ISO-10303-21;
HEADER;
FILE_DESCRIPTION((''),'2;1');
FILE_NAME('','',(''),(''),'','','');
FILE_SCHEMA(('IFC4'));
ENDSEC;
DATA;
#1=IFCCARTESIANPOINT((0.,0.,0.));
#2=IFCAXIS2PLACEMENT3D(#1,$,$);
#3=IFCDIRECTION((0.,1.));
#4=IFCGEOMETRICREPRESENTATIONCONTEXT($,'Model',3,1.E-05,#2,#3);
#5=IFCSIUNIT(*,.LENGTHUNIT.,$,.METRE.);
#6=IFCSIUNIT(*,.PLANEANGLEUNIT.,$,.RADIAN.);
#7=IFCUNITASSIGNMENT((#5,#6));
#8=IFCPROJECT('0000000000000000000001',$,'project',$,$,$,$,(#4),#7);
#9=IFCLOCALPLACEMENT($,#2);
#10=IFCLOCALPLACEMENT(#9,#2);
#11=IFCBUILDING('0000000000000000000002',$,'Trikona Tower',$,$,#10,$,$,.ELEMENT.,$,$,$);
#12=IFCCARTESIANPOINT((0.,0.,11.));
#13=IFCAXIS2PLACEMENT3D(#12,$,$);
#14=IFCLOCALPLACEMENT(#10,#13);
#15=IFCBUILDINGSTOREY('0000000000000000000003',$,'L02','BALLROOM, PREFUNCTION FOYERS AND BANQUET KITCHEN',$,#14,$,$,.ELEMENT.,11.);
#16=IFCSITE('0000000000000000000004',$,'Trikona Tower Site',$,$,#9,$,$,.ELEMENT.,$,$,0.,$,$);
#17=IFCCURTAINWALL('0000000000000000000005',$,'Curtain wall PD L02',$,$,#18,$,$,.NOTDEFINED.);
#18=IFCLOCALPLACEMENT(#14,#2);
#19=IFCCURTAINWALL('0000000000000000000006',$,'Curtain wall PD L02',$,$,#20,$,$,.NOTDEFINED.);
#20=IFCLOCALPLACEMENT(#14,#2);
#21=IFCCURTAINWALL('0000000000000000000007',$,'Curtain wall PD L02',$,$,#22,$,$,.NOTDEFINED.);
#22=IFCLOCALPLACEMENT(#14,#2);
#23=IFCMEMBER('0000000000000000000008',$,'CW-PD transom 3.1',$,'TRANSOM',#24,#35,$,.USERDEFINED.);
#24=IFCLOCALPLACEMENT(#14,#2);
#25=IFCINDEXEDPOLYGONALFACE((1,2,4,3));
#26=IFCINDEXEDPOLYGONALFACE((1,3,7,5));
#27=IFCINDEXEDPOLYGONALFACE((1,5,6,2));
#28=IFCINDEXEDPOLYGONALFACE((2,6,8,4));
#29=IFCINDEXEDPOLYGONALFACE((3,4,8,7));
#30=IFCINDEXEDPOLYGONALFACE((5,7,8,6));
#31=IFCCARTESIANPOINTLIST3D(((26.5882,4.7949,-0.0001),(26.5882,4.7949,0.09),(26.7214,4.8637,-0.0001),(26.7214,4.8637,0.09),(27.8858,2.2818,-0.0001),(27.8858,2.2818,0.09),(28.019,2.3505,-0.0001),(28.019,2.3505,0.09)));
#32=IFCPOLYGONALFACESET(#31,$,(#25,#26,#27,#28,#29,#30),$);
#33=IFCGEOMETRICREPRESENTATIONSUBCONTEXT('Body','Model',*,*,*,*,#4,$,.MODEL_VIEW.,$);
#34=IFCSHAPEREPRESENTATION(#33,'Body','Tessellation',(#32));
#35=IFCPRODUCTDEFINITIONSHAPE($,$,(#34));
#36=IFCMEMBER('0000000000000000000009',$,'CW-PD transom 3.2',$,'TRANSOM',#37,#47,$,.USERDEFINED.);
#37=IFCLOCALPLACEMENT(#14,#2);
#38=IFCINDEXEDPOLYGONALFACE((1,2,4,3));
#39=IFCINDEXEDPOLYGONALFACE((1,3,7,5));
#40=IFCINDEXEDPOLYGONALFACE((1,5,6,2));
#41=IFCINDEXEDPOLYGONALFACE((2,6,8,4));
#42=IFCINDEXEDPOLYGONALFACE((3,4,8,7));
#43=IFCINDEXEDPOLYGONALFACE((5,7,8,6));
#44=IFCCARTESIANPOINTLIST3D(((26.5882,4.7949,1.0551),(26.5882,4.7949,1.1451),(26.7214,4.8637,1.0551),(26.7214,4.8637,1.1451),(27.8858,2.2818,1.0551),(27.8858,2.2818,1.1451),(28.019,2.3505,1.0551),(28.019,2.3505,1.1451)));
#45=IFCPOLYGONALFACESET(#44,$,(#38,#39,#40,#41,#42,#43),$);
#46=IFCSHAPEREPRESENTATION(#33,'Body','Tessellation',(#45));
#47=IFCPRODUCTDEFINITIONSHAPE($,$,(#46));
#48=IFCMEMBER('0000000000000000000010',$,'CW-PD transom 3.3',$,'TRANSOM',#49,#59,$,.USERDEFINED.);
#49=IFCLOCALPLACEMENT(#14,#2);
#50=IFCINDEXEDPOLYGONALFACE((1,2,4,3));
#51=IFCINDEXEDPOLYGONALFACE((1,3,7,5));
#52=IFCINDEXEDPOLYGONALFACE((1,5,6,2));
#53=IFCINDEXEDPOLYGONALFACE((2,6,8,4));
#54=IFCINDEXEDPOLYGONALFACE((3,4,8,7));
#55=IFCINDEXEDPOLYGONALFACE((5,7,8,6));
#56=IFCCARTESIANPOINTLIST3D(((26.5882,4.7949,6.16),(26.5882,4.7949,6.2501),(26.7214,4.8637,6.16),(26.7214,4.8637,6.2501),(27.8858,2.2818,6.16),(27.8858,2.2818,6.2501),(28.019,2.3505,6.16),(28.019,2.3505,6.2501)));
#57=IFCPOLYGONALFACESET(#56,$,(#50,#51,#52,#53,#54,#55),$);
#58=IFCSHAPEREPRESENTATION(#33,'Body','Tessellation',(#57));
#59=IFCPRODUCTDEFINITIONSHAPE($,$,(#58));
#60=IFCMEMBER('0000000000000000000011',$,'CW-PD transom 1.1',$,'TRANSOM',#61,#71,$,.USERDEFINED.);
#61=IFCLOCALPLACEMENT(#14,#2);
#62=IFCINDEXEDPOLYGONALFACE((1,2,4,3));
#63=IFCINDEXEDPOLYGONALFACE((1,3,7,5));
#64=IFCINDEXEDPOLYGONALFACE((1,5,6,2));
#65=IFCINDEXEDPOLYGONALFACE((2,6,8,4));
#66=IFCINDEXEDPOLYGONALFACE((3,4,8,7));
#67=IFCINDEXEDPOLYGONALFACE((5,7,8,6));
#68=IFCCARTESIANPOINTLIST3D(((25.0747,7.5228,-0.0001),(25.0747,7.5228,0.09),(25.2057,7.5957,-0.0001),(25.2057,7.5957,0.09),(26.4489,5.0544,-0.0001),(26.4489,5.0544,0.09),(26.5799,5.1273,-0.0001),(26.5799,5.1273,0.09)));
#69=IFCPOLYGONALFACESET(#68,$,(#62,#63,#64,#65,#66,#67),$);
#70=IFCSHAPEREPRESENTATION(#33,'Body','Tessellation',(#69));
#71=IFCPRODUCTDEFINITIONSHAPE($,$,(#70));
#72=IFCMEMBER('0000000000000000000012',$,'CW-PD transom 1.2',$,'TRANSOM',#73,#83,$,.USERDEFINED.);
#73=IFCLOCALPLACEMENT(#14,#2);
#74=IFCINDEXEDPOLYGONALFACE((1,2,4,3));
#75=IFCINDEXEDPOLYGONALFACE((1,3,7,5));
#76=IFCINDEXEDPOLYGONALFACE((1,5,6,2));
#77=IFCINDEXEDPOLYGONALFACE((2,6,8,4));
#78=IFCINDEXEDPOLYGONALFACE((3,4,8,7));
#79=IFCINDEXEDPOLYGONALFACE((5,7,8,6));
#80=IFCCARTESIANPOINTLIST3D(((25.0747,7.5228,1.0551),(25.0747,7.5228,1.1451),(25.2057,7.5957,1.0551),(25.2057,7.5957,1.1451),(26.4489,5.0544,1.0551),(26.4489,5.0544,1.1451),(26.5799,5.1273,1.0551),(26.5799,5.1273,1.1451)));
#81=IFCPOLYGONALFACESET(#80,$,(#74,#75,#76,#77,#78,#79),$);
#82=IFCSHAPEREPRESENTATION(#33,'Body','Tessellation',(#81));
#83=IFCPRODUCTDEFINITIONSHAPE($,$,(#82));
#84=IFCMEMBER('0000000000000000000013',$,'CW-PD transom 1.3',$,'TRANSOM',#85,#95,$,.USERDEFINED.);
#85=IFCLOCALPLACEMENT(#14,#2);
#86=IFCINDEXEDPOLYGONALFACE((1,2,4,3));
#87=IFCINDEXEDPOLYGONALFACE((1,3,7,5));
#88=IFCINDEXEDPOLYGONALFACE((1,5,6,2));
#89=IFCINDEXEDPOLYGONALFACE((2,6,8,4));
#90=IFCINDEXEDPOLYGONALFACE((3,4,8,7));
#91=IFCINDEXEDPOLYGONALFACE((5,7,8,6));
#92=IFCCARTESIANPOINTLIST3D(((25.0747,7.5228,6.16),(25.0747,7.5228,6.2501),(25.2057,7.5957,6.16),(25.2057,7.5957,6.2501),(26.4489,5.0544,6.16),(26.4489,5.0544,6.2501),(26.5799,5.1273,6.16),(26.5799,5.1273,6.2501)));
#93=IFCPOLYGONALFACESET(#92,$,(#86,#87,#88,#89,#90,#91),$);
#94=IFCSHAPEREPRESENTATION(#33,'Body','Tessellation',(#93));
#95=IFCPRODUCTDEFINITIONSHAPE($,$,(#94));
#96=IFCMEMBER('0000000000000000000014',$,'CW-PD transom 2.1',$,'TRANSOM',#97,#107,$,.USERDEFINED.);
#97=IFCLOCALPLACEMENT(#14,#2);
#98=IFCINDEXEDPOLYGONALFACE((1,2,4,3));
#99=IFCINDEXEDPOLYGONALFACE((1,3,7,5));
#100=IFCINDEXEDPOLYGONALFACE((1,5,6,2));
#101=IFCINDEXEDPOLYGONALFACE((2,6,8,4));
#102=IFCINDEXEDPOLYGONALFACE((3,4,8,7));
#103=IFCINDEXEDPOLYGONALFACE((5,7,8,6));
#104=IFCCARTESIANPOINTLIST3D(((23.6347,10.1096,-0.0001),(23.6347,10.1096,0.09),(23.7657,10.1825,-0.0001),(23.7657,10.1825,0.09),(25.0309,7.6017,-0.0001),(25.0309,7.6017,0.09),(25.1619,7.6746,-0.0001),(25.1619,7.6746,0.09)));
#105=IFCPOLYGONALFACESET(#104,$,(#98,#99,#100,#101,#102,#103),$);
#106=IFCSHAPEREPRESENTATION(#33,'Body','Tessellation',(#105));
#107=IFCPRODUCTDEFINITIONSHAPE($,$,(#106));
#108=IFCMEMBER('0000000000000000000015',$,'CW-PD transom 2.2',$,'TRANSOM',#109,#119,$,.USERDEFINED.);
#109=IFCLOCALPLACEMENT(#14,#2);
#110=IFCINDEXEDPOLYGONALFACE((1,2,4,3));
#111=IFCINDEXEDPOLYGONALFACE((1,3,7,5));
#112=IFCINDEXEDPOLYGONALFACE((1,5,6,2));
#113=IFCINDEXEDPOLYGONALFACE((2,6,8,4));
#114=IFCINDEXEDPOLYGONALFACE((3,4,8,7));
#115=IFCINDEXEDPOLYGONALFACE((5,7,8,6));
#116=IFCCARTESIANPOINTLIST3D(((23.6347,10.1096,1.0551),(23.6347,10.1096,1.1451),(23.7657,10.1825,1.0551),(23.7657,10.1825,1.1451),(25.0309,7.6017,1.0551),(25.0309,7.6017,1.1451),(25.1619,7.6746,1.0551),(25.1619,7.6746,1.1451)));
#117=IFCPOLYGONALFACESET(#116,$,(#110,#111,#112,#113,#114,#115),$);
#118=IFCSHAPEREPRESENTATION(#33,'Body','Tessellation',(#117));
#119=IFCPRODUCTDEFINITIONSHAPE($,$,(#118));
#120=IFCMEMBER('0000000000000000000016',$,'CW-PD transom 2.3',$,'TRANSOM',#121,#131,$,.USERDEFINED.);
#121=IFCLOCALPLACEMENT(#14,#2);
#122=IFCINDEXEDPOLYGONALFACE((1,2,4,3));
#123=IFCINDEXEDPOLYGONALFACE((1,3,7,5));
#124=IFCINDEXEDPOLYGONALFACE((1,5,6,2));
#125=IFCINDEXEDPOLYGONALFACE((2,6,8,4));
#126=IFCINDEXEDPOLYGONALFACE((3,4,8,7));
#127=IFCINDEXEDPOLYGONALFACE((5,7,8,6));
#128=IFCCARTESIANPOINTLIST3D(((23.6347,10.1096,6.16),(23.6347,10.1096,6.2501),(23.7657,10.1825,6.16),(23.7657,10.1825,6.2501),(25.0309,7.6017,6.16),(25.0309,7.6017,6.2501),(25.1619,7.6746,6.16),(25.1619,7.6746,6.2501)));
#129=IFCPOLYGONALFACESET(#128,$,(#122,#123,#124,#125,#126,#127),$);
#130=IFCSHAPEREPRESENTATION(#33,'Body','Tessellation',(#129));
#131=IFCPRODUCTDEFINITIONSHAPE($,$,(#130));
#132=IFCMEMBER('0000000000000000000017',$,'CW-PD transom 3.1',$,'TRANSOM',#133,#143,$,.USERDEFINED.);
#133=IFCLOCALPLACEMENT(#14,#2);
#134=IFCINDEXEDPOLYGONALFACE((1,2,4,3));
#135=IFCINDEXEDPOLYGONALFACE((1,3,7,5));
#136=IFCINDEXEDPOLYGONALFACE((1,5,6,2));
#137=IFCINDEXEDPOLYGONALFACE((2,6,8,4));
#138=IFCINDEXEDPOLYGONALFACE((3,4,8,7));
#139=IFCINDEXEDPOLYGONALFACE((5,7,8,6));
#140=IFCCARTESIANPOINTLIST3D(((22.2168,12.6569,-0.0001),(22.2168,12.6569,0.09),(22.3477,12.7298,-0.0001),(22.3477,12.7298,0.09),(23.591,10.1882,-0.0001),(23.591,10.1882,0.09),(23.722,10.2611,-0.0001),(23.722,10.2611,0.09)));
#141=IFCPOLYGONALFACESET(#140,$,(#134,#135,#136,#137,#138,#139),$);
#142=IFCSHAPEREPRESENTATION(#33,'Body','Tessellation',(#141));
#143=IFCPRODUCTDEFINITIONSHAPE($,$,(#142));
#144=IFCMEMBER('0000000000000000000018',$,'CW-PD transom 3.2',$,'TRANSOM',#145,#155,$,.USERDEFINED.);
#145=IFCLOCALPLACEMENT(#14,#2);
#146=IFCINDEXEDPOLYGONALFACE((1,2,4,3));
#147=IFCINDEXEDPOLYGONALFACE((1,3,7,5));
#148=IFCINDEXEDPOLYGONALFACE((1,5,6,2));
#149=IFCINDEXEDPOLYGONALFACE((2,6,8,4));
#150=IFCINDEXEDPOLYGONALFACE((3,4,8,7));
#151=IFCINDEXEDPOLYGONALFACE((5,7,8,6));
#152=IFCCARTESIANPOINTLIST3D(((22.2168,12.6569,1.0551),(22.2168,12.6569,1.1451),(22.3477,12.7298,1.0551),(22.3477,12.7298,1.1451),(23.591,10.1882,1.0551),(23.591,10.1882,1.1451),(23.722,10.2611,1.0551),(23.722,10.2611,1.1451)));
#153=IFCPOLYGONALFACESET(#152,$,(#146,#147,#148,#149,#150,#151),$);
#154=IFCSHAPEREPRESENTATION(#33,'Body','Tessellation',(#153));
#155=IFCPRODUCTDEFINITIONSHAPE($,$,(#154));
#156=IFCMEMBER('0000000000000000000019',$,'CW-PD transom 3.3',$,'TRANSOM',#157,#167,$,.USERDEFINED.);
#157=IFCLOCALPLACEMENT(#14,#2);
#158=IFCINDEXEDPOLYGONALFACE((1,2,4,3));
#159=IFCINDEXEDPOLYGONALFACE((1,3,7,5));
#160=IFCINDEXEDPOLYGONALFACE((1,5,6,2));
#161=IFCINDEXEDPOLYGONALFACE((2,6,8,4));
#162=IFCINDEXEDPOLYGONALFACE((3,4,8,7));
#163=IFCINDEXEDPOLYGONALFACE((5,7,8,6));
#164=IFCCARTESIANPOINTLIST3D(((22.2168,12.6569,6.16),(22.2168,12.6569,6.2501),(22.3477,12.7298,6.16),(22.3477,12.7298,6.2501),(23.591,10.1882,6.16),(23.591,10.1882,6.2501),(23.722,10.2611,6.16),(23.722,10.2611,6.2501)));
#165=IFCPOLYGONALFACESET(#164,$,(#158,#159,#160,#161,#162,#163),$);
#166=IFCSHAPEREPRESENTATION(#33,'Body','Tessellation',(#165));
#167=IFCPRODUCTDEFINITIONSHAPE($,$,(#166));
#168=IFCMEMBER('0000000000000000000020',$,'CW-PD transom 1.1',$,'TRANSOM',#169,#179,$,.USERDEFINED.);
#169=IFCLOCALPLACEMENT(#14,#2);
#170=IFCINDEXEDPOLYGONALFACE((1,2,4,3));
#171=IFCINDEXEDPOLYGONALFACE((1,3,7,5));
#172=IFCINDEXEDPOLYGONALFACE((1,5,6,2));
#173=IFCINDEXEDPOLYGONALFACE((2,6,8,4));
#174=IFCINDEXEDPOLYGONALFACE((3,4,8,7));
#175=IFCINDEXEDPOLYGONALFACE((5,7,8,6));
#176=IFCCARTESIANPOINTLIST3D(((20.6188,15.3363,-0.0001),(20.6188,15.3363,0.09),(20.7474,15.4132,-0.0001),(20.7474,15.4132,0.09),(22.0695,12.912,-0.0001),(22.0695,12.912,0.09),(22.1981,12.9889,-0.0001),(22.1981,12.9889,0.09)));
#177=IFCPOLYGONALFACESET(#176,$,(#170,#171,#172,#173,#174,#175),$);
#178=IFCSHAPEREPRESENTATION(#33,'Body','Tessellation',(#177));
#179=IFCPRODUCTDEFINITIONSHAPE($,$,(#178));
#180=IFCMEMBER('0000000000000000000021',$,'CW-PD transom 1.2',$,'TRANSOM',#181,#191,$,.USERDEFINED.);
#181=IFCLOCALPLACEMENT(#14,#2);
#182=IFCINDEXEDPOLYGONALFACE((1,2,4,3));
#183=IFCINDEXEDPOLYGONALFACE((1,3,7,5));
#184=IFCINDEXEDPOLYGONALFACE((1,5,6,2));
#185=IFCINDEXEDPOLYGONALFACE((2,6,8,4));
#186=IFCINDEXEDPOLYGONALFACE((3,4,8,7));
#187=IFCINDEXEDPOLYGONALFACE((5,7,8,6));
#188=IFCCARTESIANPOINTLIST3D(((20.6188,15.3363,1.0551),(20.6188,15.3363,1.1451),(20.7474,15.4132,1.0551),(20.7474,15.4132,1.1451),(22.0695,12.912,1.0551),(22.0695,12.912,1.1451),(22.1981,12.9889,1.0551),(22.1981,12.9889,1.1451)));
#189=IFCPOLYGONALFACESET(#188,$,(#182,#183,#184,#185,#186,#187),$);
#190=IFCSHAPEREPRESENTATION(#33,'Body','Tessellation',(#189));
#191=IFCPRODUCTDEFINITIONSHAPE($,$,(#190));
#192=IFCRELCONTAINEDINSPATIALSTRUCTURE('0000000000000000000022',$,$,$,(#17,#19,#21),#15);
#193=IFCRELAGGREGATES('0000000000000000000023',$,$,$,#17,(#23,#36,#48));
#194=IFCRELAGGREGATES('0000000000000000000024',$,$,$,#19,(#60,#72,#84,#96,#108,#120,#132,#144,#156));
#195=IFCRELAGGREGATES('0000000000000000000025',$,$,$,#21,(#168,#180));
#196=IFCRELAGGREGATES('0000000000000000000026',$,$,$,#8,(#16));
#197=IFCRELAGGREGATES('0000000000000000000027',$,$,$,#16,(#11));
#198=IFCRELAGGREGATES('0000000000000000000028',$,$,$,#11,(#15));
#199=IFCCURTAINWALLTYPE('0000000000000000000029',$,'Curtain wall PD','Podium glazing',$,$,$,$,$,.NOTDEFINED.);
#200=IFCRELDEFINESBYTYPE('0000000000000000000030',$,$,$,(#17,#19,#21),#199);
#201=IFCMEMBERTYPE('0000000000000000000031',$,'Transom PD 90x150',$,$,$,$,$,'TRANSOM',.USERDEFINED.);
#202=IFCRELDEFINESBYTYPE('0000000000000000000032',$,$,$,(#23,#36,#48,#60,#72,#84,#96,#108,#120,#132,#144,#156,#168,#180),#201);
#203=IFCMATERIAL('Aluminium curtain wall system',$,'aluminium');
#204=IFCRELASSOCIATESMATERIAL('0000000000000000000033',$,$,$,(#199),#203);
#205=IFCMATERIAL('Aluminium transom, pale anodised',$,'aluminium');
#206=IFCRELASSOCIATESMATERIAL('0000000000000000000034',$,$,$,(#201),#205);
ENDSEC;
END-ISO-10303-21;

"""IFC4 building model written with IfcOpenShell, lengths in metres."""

from ifc_helpers import new_model, si_unit, direction, frame, origin, origin_2d, place, context, subcontext, project, spatial, rectangle, extrude, material, material_profile, profile_set, type_object, element, aggregate, save


model = new_model("IFC4")

# Units and contexts
model_context = context("Model", 3, precision=1e-05, world=origin(), true_north=direction((0.0, 1.0)))
body_context = subcontext(model_context, "Body", "Model", "MODEL_VIEW")
ifc_project = project(units=[si_unit("LENGTHUNIT", "METRE"), si_unit("PLANEANGLEUNIT", "RADIAN")], contexts=[model_context])

# Site, building, storey
site_placement = place(None, origin())
site = spatial("IfcSite", under=ifc_project, at=site_placement, Name="Trikona Tower Site", CompositionType="ELEMENT", RefElevation=0.0)
building_placement = place(site_placement, origin())
building = spatial("IfcBuilding", under=site, at=building_placement, Name="Trikona Tower", CompositionType="ELEMENT")
storey_placement = place(building_placement, frame((0.0, 0.0, 11.0)))
storey = spatial("IfcBuildingStorey", under=building, at=storey_placement, Name="L02", Description="BALLROOM, PREFUNCTION FOYERS AND BANQUET KITCHEN", CompositionType="ELEMENT", Elevation=11.0)

# Curtain walls
ifc_material_1 = material(Name="Aluminium curtain wall system", Category="aluminium")
curtain_wall_type = type_object("IfcCurtainWallType", Name="Curtain wall PD", Description="Podium glazing", PredefinedType="NOTDEFINED", material=ifc_material_1)
curtain_wall_1_placement = place(storey_placement, origin())
curtain_wall_1 = element("IfcCurtainWall", 1, at=curtain_wall_1_placement, inside=storey, type_object=curtain_wall_type, Name="Curtain wall PD L02", PredefinedType="NOTDEFINED")
curtain_wall_2_placement = place(storey_placement, origin())
curtain_wall_2 = element("IfcCurtainWall", 2, at=curtain_wall_2_placement, inside=storey, type_object=curtain_wall_type, Name="Curtain wall PD L02", PredefinedType="NOTDEFINED")

# Curtain wall
curtain_wall_3_placement = place(storey_placement, origin())
curtain_wall_3 = element("IfcCurtainWall", 3, at=curtain_wall_3_placement, inside=storey, type_object=curtain_wall_type, Name="Curtain wall PD L02", PredefinedType="NOTDEFINED")

# Members
ifc_material_2 = material(Name="Aluminium transom, pale anodised", Category="aluminium")
ifc_material_profile_1 = material_profile(ifc_material_2, rectangle(XDim=0.1499, YDim=0.0901, at=origin_2d()), Name="TRN-PD")
ifc_profile_set_1 = profile_set([ifc_material_profile_1], Name="Aluminium transom, pale anodised")
member_type_1 = type_object("IfcMemberType", Name="Transom PD 90x150", ElementType="TRANSOM", PredefinedType="USERDEFINED", material=ifc_profile_set_1)
member_1_placement = place(storey_placement, frame((27.9524, 2.3162, 0.0449), z_axis=(-0.458777, 0.888551, 0.0), x_axis=(-0.888551, -0.458777, 0.0)))
member_1 = element("IfcMember", 4, at=member_1_placement, type_object=member_type_1, Name="CW-PD transom 3.1", ObjectType="TRANSOM", PredefinedType="USERDEFINED", context=body_context, shape_type="SweptSolid", body=[
    extrude(rectangle(XDim=0.1499, YDim=0.0901, at=origin_2d()), origin(), (0.0, 0.0, 1.0), 2.8284),
])
member_2_placement = place(storey_placement, frame((27.9524, 2.3162, 1.1001), z_axis=(-0.458777, 0.888551, 0.0), x_axis=(-0.888551, -0.458777, 0.0)))
member_2 = element("IfcMember", 5, at=member_2_placement, type_object=member_type_1, Name="CW-PD transom 3.2", ObjectType="TRANSOM", PredefinedType="USERDEFINED", context=body_context, shape_type="SweptSolid", body=[
    extrude(rectangle(XDim=0.1499, YDim=0.0901, at=origin_2d()), origin(), (0.0, 0.0, 1.0), 2.8284),
])
member_3_placement = place(storey_placement, frame((27.9524, 2.3162, 6.2051), z_axis=(-0.458777, 0.888551, 0.0), x_axis=(-0.888551, -0.458777, 0.0)))
member_3 = element("IfcMember", 6, at=member_3_placement, type_object=member_type_1, Name="CW-PD transom 3.3", ObjectType="TRANSOM", PredefinedType="USERDEFINED", context=body_context, shape_type="SweptSolid", body=[
    extrude(rectangle(XDim=0.1499, YDim=0.0901, at=origin_2d()), origin(), (0.0, 0.0, 1.0), 2.8284),
])
member_4_placement = place(storey_placement, frame((26.5144, 5.0908, 0.0449), z_axis=(-0.48642, 0.873725, 0.0), x_axis=(-0.873725, -0.48642, 0.0)))
member_4 = element("IfcMember", 7, at=member_4_placement, type_object=member_type_1, Name="CW-PD transom 1.1", ObjectType="TRANSOM", PredefinedType="USERDEFINED", context=body_context, shape_type="SweptSolid", body=[
    extrude(rectangle(XDim=0.1499, YDim=0.0901, at=origin_2d()), origin(), (0.0, 0.0, 1.0), 2.8252),
])
member_5_placement = place(storey_placement, frame((26.5144, 5.0908, 1.1001), z_axis=(-0.48642, 0.873725, 0.0), x_axis=(-0.873725, -0.48642, 0.0)))
member_5 = element("IfcMember", 8, at=member_5_placement, type_object=member_type_1, Name="CW-PD transom 1.2", ObjectType="TRANSOM", PredefinedType="USERDEFINED", context=body_context, shape_type="SweptSolid", body=[
    extrude(rectangle(XDim=0.1499, YDim=0.0901, at=origin_2d()), origin(), (0.0, 0.0, 1.0), 2.8252),
])
member_6_placement = place(storey_placement, frame((26.5144, 5.0908, 6.2051), z_axis=(-0.48642, 0.873725, 0.0), x_axis=(-0.873725, -0.48642, 0.0)))
member_6 = element("IfcMember", 9, at=member_6_placement, type_object=member_type_1, Name="CW-PD transom 1.3", ObjectType="TRANSOM", PredefinedType="USERDEFINED", context=body_context, shape_type="SweptSolid", body=[
    extrude(rectangle(XDim=0.1499, YDim=0.0901, at=origin_2d()), origin(), (0.0, 0.0, 1.0), 2.8252),
])
member_7_placement = place(storey_placement, frame((25.0964, 7.6382, 0.0449), z_axis=(-0.486444, 0.873712, 0.0), x_axis=(-0.873712, -0.486444, 0.0)))
member_7 = element("IfcMember", 10, at=member_7_placement, type_object=member_type_1, Name="CW-PD transom 2.1", ObjectType="TRANSOM", PredefinedType="USERDEFINED", context=body_context, shape_type="SweptSolid", body=[
    extrude(rectangle(XDim=0.1499, YDim=0.0901, at=origin_2d()), origin(), (0.0, 0.0, 1.0), 2.8704),
])
member_8_placement = place(storey_placement, frame((25.0964, 7.6382, 1.1001), z_axis=(-0.486444, 0.873712, 0.0), x_axis=(-0.873712, -0.486444, 0.0)))
member_8 = element("IfcMember", 11, at=member_8_placement, type_object=member_type_1, Name="CW-PD transom 2.2", ObjectType="TRANSOM", PredefinedType="USERDEFINED", context=body_context, shape_type="SweptSolid", body=[
    extrude(rectangle(XDim=0.1499, YDim=0.0901, at=origin_2d()), origin(), (0.0, 0.0, 1.0), 2.8704),
])
member_9_placement = place(storey_placement, frame((25.0964, 7.6382, 6.2051), z_axis=(-0.486444, 0.873712, 0.0), x_axis=(-0.873712, -0.486444, 0.0)))
member_9 = element("IfcMember", 12, at=member_9_placement, type_object=member_type_1, Name="CW-PD transom 2.3", ObjectType="TRANSOM", PredefinedType="USERDEFINED", context=body_context, shape_type="SweptSolid", body=[
    extrude(rectangle(XDim=0.1499, YDim=0.0901, at=origin_2d()), origin(), (0.0, 0.0, 1.0), 2.8704),
])
member_10_placement = place(storey_placement, frame((23.6565, 10.2246, 0.0449), z_axis=(-0.486384, 0.873745, 0.0), x_axis=(-0.873745, -0.486384, 0.0)))
member_10 = element("IfcMember", 13, at=member_10_placement, type_object=member_type_1, Name="CW-PD transom 3.1", ObjectType="TRANSOM", PredefinedType="USERDEFINED", context=body_context, shape_type="SweptSolid", body=[
    extrude(rectangle(XDim=0.1499, YDim=0.0901, at=origin_2d()), origin(), (0.0, 0.0, 1.0), 2.8254),
])
member_11_placement = place(storey_placement, frame((23.6565, 10.2246, 1.1001), z_axis=(-0.486384, 0.873745, 0.0), x_axis=(-0.873745, -0.486384, 0.0)))
member_11 = element("IfcMember", 14, at=member_11_placement, type_object=member_type_1, Name="CW-PD transom 3.2", ObjectType="TRANSOM", PredefinedType="USERDEFINED", context=body_context, shape_type="SweptSolid", body=[
    extrude(rectangle(XDim=0.1499, YDim=0.0901, at=origin_2d()), origin(), (0.0, 0.0, 1.0), 2.8254),
])
member_12_placement = place(storey_placement, frame((23.6565, 10.2246, 6.2051), z_axis=(-0.486384, 0.873745, 0.0), x_axis=(-0.873745, -0.486384, 0.0)))
member_12 = element("IfcMember", 15, at=member_12_placement, type_object=member_type_1, Name="CW-PD transom 3.3", ObjectType="TRANSOM", PredefinedType="USERDEFINED", context=body_context, shape_type="SweptSolid", body=[
    extrude(rectangle(XDim=0.1499, YDim=0.0901, at=origin_2d()), origin(), (0.0, 0.0, 1.0), 2.8254),
])
member_13_placement = place(storey_placement, frame((22.1338, 12.9504, 0.0449), z_axis=(-0.513479, 0.858102, 0.0), x_axis=(-0.858102, -0.513479, 0.0)))
member_13 = element("IfcMember", 16, at=member_13_placement, type_object=member_type_1, Name="CW-PD transom 1.1", ObjectType="TRANSOM", PredefinedType="USERDEFINED", context=body_context, shape_type="SweptSolid", body=[
    extrude(rectangle(XDim=0.1499, YDim=0.0901, at=origin_2d()), origin(), (0.0, 0.0, 1.0), 2.8252),
])
member_14_placement = place(storey_placement, frame((22.1338, 12.9504, 1.1001), z_axis=(-0.513479, 0.858102, 0.0), x_axis=(-0.858102, -0.513479, 0.0)))
member_14 = element("IfcMember", 17, at=member_14_placement, type_object=member_type_1, Name="CW-PD transom 1.2", ObjectType="TRANSOM", PredefinedType="USERDEFINED", context=body_context, shape_type="SweptSolid", body=[
    extrude(rectangle(XDim=0.1499, YDim=0.0901, at=origin_2d()), origin(), (0.0, 0.0, 1.0), 2.8252),
])

aggregate(curtain_wall_1, [member_1, member_2, member_3])
aggregate(curtain_wall_2, [member_4, member_5, member_6, member_7, member_8, member_9, member_10, member_11, member_12])
aggregate(curtain_wall_3, [member_13, member_14])

save(model, "model.ifc")
